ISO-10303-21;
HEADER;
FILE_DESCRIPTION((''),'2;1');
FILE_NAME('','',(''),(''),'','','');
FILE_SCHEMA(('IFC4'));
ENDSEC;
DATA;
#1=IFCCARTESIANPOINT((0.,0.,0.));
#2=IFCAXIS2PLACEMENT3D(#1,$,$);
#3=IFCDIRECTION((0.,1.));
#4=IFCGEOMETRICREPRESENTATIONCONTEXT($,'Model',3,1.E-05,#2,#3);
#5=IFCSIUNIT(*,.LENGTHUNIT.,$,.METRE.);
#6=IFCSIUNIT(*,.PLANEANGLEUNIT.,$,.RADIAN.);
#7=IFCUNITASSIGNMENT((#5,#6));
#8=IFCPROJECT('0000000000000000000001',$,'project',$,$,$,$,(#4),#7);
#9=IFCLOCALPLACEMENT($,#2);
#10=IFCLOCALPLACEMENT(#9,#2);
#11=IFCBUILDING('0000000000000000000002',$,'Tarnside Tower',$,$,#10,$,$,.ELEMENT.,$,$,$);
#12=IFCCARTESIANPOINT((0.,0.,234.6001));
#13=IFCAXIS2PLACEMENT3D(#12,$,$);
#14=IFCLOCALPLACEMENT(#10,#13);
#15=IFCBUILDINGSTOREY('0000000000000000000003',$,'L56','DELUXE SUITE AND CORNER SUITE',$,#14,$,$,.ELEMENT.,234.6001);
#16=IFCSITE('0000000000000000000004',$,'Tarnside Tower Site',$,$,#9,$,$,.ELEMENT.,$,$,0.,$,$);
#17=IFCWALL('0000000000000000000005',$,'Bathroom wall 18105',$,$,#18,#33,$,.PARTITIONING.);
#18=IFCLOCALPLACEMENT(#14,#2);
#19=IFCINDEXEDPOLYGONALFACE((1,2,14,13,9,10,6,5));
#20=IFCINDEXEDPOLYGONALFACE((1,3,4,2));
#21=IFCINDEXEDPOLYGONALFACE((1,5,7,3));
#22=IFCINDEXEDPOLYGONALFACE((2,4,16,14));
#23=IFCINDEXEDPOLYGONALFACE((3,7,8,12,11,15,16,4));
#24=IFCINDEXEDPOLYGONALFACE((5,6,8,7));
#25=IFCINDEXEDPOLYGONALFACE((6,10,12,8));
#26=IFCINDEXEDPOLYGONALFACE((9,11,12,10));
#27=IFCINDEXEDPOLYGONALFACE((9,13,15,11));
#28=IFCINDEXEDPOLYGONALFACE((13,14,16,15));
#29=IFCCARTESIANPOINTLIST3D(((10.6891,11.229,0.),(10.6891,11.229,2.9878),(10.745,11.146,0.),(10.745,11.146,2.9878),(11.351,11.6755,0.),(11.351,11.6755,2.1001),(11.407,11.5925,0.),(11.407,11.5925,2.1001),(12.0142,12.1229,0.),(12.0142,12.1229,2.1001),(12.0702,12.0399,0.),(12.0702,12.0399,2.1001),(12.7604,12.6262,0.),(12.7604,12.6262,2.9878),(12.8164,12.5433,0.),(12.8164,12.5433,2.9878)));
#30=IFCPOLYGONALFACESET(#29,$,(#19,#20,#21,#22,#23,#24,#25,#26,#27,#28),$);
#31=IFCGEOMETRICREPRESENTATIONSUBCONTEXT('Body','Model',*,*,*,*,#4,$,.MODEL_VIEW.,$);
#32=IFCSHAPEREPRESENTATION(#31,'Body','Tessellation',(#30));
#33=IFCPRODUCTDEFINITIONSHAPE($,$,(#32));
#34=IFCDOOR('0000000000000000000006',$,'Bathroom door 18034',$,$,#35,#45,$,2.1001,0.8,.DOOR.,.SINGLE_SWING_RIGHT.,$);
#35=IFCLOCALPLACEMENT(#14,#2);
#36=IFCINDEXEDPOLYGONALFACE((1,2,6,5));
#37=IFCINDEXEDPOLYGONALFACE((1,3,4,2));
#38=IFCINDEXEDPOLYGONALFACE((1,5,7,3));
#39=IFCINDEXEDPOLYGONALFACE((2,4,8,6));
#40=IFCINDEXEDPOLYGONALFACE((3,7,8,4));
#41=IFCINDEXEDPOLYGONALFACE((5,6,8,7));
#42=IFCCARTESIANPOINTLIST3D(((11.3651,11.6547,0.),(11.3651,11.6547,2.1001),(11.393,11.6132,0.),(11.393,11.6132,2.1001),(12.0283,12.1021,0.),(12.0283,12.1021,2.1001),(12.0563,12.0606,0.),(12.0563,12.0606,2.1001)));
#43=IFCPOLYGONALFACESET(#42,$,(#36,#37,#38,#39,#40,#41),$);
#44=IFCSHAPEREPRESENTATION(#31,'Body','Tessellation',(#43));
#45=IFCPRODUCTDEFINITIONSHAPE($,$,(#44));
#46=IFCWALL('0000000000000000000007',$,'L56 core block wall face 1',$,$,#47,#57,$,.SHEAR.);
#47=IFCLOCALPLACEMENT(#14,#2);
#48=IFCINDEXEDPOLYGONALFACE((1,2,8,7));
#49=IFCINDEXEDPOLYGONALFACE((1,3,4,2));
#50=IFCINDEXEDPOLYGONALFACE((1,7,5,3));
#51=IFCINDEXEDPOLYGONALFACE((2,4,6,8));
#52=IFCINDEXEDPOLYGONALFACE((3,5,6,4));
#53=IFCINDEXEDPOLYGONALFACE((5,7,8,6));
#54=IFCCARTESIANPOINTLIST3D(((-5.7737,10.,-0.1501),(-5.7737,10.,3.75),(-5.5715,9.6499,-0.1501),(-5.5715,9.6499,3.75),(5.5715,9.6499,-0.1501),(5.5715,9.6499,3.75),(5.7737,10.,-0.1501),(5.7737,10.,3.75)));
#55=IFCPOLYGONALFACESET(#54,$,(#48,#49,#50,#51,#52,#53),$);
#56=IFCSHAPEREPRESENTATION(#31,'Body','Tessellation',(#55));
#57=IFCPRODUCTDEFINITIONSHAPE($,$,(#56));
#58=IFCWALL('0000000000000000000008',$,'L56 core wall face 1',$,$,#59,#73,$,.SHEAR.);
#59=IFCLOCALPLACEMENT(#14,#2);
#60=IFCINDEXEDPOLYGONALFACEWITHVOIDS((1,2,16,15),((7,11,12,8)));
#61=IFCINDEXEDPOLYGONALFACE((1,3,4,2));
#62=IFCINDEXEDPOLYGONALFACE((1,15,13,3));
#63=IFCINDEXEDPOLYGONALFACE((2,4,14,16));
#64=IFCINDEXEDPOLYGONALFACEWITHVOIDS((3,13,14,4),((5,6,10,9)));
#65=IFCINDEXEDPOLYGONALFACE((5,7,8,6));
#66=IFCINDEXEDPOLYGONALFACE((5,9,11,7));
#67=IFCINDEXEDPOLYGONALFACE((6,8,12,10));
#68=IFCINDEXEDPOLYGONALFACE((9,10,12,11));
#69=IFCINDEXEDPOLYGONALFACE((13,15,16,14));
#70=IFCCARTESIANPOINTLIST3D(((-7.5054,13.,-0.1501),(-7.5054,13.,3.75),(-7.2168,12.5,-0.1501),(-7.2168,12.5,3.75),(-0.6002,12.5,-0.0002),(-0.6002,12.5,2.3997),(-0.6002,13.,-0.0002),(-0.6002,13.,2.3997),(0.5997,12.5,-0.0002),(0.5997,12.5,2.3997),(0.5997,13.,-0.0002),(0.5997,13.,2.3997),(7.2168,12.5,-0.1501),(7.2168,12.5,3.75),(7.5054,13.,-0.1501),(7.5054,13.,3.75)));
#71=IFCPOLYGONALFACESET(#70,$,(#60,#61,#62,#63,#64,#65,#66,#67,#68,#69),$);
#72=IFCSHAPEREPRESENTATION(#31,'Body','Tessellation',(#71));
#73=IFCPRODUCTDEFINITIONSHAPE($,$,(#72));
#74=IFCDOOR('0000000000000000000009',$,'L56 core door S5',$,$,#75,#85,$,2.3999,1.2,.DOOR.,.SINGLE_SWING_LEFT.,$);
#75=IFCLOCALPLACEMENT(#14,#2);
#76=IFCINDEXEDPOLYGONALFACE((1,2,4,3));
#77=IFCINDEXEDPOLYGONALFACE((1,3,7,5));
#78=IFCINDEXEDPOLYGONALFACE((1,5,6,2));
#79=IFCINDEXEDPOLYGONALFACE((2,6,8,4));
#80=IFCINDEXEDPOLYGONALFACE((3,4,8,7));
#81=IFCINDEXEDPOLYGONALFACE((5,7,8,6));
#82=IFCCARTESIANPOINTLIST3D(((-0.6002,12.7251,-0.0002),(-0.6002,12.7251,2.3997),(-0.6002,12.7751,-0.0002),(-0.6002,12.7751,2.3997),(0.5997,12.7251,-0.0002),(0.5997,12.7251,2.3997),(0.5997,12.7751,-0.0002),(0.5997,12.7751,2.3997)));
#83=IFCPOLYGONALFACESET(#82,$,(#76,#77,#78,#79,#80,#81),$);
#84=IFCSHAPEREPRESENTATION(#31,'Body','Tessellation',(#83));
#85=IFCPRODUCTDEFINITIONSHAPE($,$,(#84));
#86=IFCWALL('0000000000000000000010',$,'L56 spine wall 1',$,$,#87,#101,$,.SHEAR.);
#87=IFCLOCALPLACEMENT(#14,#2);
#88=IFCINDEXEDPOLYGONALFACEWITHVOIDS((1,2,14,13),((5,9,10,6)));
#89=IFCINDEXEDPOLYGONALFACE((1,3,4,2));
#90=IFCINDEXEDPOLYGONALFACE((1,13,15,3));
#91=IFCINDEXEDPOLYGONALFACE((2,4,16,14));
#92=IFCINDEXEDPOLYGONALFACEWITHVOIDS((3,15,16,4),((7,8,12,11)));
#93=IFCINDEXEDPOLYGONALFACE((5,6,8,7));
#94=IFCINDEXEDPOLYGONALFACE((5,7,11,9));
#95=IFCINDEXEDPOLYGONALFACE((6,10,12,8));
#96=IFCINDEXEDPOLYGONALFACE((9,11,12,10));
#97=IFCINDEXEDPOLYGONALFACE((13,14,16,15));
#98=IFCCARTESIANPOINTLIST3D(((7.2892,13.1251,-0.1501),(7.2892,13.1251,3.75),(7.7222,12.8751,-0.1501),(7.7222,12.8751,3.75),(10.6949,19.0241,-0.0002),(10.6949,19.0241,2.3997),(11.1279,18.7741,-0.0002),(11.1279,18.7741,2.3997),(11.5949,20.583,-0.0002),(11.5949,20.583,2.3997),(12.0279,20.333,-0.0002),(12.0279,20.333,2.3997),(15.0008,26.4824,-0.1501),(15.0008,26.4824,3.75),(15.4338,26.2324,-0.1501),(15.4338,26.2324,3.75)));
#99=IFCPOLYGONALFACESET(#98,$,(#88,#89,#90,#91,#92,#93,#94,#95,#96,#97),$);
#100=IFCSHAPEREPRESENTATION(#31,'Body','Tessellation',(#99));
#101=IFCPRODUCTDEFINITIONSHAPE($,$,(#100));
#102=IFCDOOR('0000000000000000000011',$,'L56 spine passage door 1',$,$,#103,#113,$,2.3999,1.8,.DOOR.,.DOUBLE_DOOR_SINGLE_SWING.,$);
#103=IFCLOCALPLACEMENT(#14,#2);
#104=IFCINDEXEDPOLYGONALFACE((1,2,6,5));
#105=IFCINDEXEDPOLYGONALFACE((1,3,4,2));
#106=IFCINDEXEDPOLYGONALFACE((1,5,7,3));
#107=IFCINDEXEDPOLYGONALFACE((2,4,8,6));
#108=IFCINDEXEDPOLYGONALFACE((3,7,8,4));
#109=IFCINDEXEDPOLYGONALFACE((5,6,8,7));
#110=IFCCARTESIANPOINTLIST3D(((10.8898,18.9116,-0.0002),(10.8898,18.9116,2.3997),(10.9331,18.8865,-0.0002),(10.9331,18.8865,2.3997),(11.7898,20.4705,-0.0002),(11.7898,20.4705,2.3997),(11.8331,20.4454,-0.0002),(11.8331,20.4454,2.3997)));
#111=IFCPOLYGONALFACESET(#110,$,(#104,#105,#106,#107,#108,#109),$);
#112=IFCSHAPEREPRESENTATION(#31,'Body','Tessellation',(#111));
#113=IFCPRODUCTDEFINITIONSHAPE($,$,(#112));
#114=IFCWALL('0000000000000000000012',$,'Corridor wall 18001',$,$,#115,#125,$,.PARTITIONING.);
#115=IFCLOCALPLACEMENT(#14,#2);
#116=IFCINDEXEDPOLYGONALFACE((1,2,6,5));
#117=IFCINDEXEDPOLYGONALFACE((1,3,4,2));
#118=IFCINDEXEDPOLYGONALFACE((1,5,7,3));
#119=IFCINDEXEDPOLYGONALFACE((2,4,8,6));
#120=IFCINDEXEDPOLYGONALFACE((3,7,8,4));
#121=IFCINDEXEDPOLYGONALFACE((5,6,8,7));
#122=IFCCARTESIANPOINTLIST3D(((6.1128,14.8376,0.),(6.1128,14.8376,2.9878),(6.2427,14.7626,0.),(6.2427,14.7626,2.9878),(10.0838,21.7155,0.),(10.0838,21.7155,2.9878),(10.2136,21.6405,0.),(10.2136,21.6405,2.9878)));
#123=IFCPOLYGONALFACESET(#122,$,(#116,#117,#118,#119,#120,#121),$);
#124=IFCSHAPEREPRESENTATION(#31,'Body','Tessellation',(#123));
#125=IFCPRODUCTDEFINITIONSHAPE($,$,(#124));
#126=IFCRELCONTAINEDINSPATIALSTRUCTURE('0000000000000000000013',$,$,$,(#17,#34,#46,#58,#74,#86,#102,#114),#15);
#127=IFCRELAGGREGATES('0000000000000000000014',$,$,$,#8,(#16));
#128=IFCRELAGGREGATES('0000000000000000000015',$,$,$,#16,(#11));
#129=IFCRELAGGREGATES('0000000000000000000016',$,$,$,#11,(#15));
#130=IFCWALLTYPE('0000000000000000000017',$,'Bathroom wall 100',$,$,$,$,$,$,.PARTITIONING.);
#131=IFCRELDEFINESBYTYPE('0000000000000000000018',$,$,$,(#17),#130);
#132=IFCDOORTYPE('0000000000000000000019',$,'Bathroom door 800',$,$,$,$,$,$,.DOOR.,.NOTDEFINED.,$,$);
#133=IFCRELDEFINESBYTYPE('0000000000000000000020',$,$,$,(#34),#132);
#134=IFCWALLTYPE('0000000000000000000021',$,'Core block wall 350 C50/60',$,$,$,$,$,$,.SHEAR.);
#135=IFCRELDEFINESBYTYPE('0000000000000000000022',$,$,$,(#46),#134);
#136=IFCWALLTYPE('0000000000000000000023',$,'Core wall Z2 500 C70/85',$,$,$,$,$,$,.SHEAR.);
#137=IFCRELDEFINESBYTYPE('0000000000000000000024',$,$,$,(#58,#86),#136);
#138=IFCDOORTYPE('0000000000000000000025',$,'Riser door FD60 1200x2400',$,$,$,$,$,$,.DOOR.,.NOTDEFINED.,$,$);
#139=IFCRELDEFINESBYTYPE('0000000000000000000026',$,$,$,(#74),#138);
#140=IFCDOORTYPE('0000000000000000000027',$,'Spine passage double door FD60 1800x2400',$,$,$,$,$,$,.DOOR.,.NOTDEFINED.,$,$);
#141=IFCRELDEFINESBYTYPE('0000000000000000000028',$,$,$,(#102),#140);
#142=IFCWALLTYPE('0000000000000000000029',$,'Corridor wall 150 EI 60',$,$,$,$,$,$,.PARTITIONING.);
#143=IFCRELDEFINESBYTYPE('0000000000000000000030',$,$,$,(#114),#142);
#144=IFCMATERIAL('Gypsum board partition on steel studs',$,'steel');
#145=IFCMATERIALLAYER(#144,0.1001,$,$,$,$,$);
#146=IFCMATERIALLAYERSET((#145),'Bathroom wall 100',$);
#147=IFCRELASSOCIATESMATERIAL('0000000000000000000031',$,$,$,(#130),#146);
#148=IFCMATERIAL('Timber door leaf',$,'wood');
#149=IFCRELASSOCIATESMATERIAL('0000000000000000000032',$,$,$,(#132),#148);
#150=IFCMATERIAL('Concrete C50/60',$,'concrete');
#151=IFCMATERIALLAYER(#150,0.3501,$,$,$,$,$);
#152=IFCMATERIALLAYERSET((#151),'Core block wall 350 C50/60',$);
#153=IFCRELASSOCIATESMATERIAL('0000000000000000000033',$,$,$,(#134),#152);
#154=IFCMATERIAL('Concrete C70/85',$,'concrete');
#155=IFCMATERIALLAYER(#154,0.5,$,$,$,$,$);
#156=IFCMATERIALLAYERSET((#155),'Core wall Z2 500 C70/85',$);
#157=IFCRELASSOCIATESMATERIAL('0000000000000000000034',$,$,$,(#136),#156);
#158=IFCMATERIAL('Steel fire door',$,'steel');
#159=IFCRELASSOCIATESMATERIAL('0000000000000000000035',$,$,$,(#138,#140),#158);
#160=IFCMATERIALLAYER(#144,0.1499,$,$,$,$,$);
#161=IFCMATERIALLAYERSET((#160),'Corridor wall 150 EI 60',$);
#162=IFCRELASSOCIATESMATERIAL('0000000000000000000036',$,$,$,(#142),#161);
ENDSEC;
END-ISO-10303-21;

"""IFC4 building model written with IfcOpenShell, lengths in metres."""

from ifc_helpers import new_model, si_unit, direction, frame, frame_2d, origin, place, context, subcontext, project, spatial, polyline, rectangle, outline, extrude, material, layer, layer_set, type_object, element, fill, save


model = new_model("IFC4")

# Units and contexts
model_context = context("Model", 3, precision=1e-05, world=origin(), true_north=direction((0.0, 1.0)))
body_context = subcontext(model_context, "Body", "Model", "MODEL_VIEW")
ifc_project = project(units=[si_unit("LENGTHUNIT", "METRE"), si_unit("PLANEANGLEUNIT", "RADIAN")], contexts=[model_context])

# Site, building, storey
site_placement = place(None, origin())
site = spatial("IfcSite", under=ifc_project, at=site_placement, Name="Tarnside Tower Site", CompositionType="ELEMENT", RefElevation=0.0)
building_placement = place(site_placement, origin())
building = spatial("IfcBuilding", under=site, at=building_placement, Name="Tarnside Tower", CompositionType="ELEMENT")
storey_placement = place(building_placement, frame((0.0, 0.0, 234.6001)))
storey = spatial("IfcBuildingStorey", under=building, at=storey_placement, Name="L56", Description="DELUXE SUITE AND CORNER SUITE", CompositionType="ELEMENT", Elevation=234.6001)

# Wall, opening, door
ifc_material_1 = material(Name="Gypsum board partition on steel studs", Category="steel")
ifc_layer_1 = layer(ifc_material_1, 0.1001)
ifc_layer_set_1 = layer_set([ifc_layer_1], Name="Bathroom wall 100")
wall_type_1 = type_object("IfcWallType", Name="Bathroom wall 100", PredefinedType="PARTITIONING", material=ifc_layer_set_1)
wall_1_placement = place(storey_placement, frame((10.717, 11.1875, 0.0), z_axis=(0.0, 0.0, 1.0), x_axis=(0.829016, 0.559224, 0.0)))
wall_1 = element("IfcWall", 1, at=wall_1_placement, inside=storey, type_object=wall_type_1, Name="Bathroom wall 18105", PredefinedType="PARTITIONING", context=body_context, shape_type="SweptSolid", body=[
    extrude(rectangle(XDim=2.4985, YDim=0.1001, at=frame_2d((1.2493, 0.0))), origin(), (0.0, 0.0, 1.0), 2.9878),
])
opening_1_placement = place(wall_1_placement, frame((0.7986, 0.0, 0.0)))
opening_1 = element("IfcOpeningElement", 2, at=opening_1_placement, cuts=wall_1, PredefinedType="OPENING", context=body_context, shape_type="SweptSolid", body=[
    extrude(rectangle(XDim=0.8, YDim=2.1001, at=frame_2d((0.3999, 1.05))), frame((0.0, 0.0601, 0.0), z_axis=(0.0, -1.0, 0.0), x_axis=(1.0, 0.0, 0.0)), (0.0, 0.0, 1.0), 0.1201),
])
ifc_material_2 = material(Name="Timber door leaf", Category="wood")
door_type_1 = type_object("IfcDoorType", Name="Bathroom door 800", OperationType="NOTDEFINED", PredefinedType="DOOR", material=ifc_material_2)
door_1_placement = place(opening_1_placement, origin())
door_1 = element("IfcDoor", 3, at=door_1_placement, inside=storey, type_object=door_type_1, Name="Bathroom door 18034", OperationType="SINGLE_SWING_RIGHT", OverallHeight=2.1001, OverallWidth=0.8, PredefinedType="DOOR", context=body_context, shape_type="SweptSolid", body=[
    extrude(rectangle(XDim=0.8, YDim=2.1001, at=frame_2d((0.3999, 1.05))), frame((0.0, 0.0249, 0.0), z_axis=(0.0, -1.0, 0.0), x_axis=(1.0, 0.0, 0.0)), (0.0, 0.0, 1.0), 0.05),
])
fill(opening_1, door_1)

# Wall
ifc_material_3 = material(Name="Concrete C50/60", Category="concrete")
ifc_layer_2 = layer(ifc_material_3, 0.3501)
ifc_layer_set_2 = layer_set([ifc_layer_2], Name="Core block wall 350 C50/60")
wall_type_2 = type_object("IfcWallType", Name="Core block wall 350 C50/60", PredefinedType="SHEAR", material=ifc_layer_set_2)
wall_2_placement = place(storey_placement, frame((5.6726, 9.825, -0.1501), z_axis=(0.0, 0.0, 1.0), x_axis=(-1.0, 0.0, 0.0)))
element("IfcWall", 4, at=wall_2_placement, inside=storey, type_object=wall_type_2, Name="L56 core block wall face 1", PredefinedType="SHEAR", context=body_context, shape_type="SweptSolid", body=[
    extrude(outline(polyline([(-0.1011, -0.175), (11.4463, -0.175), (11.2441, 0.175), (0.1011, 0.175), (-0.1011, -0.175)])), origin(), (0.0, 0.0, 1.0), 3.9001),
])

# Walls, openings, doors
ifc_material_4 = material(Name="Concrete C70/85", Category="concrete")
ifc_layer_3 = layer(ifc_material_4, 0.5)
ifc_layer_set_3 = layer_set([ifc_layer_3], Name="Core wall Z2 500 C70/85")
wall_type_3 = type_object("IfcWallType", Name="Core wall Z2 500 C70/85", PredefinedType="SHEAR", material=ifc_layer_set_3)
wall_3_placement = place(storey_placement, frame((7.3611, 12.75, -0.1501), z_axis=(0.0, 0.0, 1.0), x_axis=(-1.0, 0.0, 0.0)))
wall_3 = element("IfcWall", 5, at=wall_3_placement, inside=storey, type_object=wall_type_3, Name="L56 core wall face 1", PredefinedType="SHEAR", context=body_context, shape_type="SweptSolid", body=[
    extrude(outline(polyline([(-0.1443, -0.25), (14.8665, -0.25), (14.5779, 0.25), (0.1443, 0.25), (-0.1443, -0.25)])), origin(), (0.0, 0.0, 1.0), 3.9001),
])
opening_2_placement = place(wall_3_placement, frame((6.7612, 0.0, 0.1499)))
opening_2 = element("IfcOpeningElement", 6, at=opening_2_placement, cuts=wall_3, PredefinedType="OPENING", context=body_context, shape_type="SweptSolid", body=[
    extrude(rectangle(XDim=1.2, YDim=2.3999, at=frame_2d((0.6001, 1.2))), frame((0.0, 0.26, 0.0), z_axis=(0.0, -1.0, 0.0), x_axis=(1.0, 0.0, 0.0)), (0.0, 0.0, 1.0), 0.52),
])
ifc_material_5 = material(Name="Steel fire door", Category="steel")
door_type_2 = type_object("IfcDoorType", Name="Riser door FD60 1200x2400", OperationType="NOTDEFINED", PredefinedType="DOOR", material=ifc_material_5)
door_2_placement = place(opening_2_placement, origin())
door_2 = element("IfcDoor", 7, at=door_2_placement, inside=storey, type_object=door_type_2, Name="L56 core door S5", OperationType="SINGLE_SWING_LEFT", OverallHeight=2.3999, OverallWidth=1.2, PredefinedType="DOOR", context=body_context, shape_type="SweptSolid", body=[
    extrude(rectangle(XDim=1.2, YDim=2.3999, at=frame_2d((0.6001, 1.2))), frame((0.0, 0.0249, 0.0), z_axis=(0.0, -1.0, 0.0), x_axis=(1.0, 0.0, 0.0)), (0.0, 0.0, 1.0), 0.05),
])
fill(opening_2, door_2)
wall_4_placement = place(storey_placement, frame((7.5056, 13.0, -0.1501), z_axis=(0.0, 0.0, 1.0), x_axis=(0.499988, 0.866032, 0.0)))
wall_4 = element("IfcWall", 8, at=wall_4_placement, inside=storey, type_object=wall_type_3, Name="L56 spine wall 1", PredefinedType="SHEAR", context=body_context, shape_type="SweptSolid", body=[
    extrude(rectangle(XDim=15.4236, YDim=0.5, at=frame_2d((7.7119, 0.0))), origin(), (0.0, 0.0, 1.0), 3.9001),
])
opening_3_placement = place(wall_4_placement, frame((6.8118, 0.0, 0.1499)))
opening_3 = element("IfcOpeningElement", 9, at=opening_3_placement, cuts=wall_4, PredefinedType="OPENING", context=body_context, shape_type="SweptSolid", body=[
    extrude(rectangle(XDim=1.8, YDim=2.3999, at=frame_2d((0.8999, 1.2))), frame((0.0, 0.26, 0.0), z_axis=(0.0, -1.0, 0.0), x_axis=(1.0, 0.0, 0.0)), (0.0, 0.0, 1.0), 0.52),
])
door_type_3 = type_object("IfcDoorType", Name="Spine passage double door FD60 1800x2400", OperationType="NOTDEFINED", PredefinedType="DOOR", material=ifc_material_5)
door_3_placement = place(opening_3_placement, origin())
door_3 = element("IfcDoor", 10, at=door_3_placement, inside=storey, type_object=door_type_3, Name="L56 spine passage door 1", OperationType="DOUBLE_DOOR_SINGLE_SWING", OverallHeight=2.3999, OverallWidth=1.8, PredefinedType="DOOR", context=body_context, shape_type="SweptSolid", body=[
    extrude(rectangle(XDim=1.8, YDim=2.3999, at=frame_2d((0.8999, 1.2))), frame((0.0, 0.0249, 0.0), z_axis=(0.0, -1.0, 0.0), x_axis=(1.0, 0.0, 0.0)), (0.0, 0.0, 1.0), 0.05),
])
fill(opening_3, door_3)

# Wall
ifc_layer_4 = layer(ifc_material_1, 0.1499)
ifc_layer_set_4 = layer_set([ifc_layer_4], Name="Corridor wall 150 EI 60")
wall_type_4 = type_object("IfcWallType", Name="Corridor wall 150 EI 60", PredefinedType="PARTITIONING", material=ifc_layer_set_4)
wall_5_placement = place(storey_placement, frame((10.1487, 21.678, 0.0), z_axis=(0.0, 0.0, 1.0), x_axis=(-0.499997, -0.866027, 0.0)))
element("IfcWall", 11, at=wall_5_placement, inside=storey, type_object=wall_type_4, Name="Corridor wall 18001", PredefinedType="PARTITIONING", context=body_context, shape_type="SweptSolid", body=[
    extrude(rectangle(XDim=7.9419, YDim=0.1499, at=frame_2d((3.9709, 0.0))), origin(), (0.0, 0.0, 1.0), 2.9878),
])

save(model, "model.ifc")
